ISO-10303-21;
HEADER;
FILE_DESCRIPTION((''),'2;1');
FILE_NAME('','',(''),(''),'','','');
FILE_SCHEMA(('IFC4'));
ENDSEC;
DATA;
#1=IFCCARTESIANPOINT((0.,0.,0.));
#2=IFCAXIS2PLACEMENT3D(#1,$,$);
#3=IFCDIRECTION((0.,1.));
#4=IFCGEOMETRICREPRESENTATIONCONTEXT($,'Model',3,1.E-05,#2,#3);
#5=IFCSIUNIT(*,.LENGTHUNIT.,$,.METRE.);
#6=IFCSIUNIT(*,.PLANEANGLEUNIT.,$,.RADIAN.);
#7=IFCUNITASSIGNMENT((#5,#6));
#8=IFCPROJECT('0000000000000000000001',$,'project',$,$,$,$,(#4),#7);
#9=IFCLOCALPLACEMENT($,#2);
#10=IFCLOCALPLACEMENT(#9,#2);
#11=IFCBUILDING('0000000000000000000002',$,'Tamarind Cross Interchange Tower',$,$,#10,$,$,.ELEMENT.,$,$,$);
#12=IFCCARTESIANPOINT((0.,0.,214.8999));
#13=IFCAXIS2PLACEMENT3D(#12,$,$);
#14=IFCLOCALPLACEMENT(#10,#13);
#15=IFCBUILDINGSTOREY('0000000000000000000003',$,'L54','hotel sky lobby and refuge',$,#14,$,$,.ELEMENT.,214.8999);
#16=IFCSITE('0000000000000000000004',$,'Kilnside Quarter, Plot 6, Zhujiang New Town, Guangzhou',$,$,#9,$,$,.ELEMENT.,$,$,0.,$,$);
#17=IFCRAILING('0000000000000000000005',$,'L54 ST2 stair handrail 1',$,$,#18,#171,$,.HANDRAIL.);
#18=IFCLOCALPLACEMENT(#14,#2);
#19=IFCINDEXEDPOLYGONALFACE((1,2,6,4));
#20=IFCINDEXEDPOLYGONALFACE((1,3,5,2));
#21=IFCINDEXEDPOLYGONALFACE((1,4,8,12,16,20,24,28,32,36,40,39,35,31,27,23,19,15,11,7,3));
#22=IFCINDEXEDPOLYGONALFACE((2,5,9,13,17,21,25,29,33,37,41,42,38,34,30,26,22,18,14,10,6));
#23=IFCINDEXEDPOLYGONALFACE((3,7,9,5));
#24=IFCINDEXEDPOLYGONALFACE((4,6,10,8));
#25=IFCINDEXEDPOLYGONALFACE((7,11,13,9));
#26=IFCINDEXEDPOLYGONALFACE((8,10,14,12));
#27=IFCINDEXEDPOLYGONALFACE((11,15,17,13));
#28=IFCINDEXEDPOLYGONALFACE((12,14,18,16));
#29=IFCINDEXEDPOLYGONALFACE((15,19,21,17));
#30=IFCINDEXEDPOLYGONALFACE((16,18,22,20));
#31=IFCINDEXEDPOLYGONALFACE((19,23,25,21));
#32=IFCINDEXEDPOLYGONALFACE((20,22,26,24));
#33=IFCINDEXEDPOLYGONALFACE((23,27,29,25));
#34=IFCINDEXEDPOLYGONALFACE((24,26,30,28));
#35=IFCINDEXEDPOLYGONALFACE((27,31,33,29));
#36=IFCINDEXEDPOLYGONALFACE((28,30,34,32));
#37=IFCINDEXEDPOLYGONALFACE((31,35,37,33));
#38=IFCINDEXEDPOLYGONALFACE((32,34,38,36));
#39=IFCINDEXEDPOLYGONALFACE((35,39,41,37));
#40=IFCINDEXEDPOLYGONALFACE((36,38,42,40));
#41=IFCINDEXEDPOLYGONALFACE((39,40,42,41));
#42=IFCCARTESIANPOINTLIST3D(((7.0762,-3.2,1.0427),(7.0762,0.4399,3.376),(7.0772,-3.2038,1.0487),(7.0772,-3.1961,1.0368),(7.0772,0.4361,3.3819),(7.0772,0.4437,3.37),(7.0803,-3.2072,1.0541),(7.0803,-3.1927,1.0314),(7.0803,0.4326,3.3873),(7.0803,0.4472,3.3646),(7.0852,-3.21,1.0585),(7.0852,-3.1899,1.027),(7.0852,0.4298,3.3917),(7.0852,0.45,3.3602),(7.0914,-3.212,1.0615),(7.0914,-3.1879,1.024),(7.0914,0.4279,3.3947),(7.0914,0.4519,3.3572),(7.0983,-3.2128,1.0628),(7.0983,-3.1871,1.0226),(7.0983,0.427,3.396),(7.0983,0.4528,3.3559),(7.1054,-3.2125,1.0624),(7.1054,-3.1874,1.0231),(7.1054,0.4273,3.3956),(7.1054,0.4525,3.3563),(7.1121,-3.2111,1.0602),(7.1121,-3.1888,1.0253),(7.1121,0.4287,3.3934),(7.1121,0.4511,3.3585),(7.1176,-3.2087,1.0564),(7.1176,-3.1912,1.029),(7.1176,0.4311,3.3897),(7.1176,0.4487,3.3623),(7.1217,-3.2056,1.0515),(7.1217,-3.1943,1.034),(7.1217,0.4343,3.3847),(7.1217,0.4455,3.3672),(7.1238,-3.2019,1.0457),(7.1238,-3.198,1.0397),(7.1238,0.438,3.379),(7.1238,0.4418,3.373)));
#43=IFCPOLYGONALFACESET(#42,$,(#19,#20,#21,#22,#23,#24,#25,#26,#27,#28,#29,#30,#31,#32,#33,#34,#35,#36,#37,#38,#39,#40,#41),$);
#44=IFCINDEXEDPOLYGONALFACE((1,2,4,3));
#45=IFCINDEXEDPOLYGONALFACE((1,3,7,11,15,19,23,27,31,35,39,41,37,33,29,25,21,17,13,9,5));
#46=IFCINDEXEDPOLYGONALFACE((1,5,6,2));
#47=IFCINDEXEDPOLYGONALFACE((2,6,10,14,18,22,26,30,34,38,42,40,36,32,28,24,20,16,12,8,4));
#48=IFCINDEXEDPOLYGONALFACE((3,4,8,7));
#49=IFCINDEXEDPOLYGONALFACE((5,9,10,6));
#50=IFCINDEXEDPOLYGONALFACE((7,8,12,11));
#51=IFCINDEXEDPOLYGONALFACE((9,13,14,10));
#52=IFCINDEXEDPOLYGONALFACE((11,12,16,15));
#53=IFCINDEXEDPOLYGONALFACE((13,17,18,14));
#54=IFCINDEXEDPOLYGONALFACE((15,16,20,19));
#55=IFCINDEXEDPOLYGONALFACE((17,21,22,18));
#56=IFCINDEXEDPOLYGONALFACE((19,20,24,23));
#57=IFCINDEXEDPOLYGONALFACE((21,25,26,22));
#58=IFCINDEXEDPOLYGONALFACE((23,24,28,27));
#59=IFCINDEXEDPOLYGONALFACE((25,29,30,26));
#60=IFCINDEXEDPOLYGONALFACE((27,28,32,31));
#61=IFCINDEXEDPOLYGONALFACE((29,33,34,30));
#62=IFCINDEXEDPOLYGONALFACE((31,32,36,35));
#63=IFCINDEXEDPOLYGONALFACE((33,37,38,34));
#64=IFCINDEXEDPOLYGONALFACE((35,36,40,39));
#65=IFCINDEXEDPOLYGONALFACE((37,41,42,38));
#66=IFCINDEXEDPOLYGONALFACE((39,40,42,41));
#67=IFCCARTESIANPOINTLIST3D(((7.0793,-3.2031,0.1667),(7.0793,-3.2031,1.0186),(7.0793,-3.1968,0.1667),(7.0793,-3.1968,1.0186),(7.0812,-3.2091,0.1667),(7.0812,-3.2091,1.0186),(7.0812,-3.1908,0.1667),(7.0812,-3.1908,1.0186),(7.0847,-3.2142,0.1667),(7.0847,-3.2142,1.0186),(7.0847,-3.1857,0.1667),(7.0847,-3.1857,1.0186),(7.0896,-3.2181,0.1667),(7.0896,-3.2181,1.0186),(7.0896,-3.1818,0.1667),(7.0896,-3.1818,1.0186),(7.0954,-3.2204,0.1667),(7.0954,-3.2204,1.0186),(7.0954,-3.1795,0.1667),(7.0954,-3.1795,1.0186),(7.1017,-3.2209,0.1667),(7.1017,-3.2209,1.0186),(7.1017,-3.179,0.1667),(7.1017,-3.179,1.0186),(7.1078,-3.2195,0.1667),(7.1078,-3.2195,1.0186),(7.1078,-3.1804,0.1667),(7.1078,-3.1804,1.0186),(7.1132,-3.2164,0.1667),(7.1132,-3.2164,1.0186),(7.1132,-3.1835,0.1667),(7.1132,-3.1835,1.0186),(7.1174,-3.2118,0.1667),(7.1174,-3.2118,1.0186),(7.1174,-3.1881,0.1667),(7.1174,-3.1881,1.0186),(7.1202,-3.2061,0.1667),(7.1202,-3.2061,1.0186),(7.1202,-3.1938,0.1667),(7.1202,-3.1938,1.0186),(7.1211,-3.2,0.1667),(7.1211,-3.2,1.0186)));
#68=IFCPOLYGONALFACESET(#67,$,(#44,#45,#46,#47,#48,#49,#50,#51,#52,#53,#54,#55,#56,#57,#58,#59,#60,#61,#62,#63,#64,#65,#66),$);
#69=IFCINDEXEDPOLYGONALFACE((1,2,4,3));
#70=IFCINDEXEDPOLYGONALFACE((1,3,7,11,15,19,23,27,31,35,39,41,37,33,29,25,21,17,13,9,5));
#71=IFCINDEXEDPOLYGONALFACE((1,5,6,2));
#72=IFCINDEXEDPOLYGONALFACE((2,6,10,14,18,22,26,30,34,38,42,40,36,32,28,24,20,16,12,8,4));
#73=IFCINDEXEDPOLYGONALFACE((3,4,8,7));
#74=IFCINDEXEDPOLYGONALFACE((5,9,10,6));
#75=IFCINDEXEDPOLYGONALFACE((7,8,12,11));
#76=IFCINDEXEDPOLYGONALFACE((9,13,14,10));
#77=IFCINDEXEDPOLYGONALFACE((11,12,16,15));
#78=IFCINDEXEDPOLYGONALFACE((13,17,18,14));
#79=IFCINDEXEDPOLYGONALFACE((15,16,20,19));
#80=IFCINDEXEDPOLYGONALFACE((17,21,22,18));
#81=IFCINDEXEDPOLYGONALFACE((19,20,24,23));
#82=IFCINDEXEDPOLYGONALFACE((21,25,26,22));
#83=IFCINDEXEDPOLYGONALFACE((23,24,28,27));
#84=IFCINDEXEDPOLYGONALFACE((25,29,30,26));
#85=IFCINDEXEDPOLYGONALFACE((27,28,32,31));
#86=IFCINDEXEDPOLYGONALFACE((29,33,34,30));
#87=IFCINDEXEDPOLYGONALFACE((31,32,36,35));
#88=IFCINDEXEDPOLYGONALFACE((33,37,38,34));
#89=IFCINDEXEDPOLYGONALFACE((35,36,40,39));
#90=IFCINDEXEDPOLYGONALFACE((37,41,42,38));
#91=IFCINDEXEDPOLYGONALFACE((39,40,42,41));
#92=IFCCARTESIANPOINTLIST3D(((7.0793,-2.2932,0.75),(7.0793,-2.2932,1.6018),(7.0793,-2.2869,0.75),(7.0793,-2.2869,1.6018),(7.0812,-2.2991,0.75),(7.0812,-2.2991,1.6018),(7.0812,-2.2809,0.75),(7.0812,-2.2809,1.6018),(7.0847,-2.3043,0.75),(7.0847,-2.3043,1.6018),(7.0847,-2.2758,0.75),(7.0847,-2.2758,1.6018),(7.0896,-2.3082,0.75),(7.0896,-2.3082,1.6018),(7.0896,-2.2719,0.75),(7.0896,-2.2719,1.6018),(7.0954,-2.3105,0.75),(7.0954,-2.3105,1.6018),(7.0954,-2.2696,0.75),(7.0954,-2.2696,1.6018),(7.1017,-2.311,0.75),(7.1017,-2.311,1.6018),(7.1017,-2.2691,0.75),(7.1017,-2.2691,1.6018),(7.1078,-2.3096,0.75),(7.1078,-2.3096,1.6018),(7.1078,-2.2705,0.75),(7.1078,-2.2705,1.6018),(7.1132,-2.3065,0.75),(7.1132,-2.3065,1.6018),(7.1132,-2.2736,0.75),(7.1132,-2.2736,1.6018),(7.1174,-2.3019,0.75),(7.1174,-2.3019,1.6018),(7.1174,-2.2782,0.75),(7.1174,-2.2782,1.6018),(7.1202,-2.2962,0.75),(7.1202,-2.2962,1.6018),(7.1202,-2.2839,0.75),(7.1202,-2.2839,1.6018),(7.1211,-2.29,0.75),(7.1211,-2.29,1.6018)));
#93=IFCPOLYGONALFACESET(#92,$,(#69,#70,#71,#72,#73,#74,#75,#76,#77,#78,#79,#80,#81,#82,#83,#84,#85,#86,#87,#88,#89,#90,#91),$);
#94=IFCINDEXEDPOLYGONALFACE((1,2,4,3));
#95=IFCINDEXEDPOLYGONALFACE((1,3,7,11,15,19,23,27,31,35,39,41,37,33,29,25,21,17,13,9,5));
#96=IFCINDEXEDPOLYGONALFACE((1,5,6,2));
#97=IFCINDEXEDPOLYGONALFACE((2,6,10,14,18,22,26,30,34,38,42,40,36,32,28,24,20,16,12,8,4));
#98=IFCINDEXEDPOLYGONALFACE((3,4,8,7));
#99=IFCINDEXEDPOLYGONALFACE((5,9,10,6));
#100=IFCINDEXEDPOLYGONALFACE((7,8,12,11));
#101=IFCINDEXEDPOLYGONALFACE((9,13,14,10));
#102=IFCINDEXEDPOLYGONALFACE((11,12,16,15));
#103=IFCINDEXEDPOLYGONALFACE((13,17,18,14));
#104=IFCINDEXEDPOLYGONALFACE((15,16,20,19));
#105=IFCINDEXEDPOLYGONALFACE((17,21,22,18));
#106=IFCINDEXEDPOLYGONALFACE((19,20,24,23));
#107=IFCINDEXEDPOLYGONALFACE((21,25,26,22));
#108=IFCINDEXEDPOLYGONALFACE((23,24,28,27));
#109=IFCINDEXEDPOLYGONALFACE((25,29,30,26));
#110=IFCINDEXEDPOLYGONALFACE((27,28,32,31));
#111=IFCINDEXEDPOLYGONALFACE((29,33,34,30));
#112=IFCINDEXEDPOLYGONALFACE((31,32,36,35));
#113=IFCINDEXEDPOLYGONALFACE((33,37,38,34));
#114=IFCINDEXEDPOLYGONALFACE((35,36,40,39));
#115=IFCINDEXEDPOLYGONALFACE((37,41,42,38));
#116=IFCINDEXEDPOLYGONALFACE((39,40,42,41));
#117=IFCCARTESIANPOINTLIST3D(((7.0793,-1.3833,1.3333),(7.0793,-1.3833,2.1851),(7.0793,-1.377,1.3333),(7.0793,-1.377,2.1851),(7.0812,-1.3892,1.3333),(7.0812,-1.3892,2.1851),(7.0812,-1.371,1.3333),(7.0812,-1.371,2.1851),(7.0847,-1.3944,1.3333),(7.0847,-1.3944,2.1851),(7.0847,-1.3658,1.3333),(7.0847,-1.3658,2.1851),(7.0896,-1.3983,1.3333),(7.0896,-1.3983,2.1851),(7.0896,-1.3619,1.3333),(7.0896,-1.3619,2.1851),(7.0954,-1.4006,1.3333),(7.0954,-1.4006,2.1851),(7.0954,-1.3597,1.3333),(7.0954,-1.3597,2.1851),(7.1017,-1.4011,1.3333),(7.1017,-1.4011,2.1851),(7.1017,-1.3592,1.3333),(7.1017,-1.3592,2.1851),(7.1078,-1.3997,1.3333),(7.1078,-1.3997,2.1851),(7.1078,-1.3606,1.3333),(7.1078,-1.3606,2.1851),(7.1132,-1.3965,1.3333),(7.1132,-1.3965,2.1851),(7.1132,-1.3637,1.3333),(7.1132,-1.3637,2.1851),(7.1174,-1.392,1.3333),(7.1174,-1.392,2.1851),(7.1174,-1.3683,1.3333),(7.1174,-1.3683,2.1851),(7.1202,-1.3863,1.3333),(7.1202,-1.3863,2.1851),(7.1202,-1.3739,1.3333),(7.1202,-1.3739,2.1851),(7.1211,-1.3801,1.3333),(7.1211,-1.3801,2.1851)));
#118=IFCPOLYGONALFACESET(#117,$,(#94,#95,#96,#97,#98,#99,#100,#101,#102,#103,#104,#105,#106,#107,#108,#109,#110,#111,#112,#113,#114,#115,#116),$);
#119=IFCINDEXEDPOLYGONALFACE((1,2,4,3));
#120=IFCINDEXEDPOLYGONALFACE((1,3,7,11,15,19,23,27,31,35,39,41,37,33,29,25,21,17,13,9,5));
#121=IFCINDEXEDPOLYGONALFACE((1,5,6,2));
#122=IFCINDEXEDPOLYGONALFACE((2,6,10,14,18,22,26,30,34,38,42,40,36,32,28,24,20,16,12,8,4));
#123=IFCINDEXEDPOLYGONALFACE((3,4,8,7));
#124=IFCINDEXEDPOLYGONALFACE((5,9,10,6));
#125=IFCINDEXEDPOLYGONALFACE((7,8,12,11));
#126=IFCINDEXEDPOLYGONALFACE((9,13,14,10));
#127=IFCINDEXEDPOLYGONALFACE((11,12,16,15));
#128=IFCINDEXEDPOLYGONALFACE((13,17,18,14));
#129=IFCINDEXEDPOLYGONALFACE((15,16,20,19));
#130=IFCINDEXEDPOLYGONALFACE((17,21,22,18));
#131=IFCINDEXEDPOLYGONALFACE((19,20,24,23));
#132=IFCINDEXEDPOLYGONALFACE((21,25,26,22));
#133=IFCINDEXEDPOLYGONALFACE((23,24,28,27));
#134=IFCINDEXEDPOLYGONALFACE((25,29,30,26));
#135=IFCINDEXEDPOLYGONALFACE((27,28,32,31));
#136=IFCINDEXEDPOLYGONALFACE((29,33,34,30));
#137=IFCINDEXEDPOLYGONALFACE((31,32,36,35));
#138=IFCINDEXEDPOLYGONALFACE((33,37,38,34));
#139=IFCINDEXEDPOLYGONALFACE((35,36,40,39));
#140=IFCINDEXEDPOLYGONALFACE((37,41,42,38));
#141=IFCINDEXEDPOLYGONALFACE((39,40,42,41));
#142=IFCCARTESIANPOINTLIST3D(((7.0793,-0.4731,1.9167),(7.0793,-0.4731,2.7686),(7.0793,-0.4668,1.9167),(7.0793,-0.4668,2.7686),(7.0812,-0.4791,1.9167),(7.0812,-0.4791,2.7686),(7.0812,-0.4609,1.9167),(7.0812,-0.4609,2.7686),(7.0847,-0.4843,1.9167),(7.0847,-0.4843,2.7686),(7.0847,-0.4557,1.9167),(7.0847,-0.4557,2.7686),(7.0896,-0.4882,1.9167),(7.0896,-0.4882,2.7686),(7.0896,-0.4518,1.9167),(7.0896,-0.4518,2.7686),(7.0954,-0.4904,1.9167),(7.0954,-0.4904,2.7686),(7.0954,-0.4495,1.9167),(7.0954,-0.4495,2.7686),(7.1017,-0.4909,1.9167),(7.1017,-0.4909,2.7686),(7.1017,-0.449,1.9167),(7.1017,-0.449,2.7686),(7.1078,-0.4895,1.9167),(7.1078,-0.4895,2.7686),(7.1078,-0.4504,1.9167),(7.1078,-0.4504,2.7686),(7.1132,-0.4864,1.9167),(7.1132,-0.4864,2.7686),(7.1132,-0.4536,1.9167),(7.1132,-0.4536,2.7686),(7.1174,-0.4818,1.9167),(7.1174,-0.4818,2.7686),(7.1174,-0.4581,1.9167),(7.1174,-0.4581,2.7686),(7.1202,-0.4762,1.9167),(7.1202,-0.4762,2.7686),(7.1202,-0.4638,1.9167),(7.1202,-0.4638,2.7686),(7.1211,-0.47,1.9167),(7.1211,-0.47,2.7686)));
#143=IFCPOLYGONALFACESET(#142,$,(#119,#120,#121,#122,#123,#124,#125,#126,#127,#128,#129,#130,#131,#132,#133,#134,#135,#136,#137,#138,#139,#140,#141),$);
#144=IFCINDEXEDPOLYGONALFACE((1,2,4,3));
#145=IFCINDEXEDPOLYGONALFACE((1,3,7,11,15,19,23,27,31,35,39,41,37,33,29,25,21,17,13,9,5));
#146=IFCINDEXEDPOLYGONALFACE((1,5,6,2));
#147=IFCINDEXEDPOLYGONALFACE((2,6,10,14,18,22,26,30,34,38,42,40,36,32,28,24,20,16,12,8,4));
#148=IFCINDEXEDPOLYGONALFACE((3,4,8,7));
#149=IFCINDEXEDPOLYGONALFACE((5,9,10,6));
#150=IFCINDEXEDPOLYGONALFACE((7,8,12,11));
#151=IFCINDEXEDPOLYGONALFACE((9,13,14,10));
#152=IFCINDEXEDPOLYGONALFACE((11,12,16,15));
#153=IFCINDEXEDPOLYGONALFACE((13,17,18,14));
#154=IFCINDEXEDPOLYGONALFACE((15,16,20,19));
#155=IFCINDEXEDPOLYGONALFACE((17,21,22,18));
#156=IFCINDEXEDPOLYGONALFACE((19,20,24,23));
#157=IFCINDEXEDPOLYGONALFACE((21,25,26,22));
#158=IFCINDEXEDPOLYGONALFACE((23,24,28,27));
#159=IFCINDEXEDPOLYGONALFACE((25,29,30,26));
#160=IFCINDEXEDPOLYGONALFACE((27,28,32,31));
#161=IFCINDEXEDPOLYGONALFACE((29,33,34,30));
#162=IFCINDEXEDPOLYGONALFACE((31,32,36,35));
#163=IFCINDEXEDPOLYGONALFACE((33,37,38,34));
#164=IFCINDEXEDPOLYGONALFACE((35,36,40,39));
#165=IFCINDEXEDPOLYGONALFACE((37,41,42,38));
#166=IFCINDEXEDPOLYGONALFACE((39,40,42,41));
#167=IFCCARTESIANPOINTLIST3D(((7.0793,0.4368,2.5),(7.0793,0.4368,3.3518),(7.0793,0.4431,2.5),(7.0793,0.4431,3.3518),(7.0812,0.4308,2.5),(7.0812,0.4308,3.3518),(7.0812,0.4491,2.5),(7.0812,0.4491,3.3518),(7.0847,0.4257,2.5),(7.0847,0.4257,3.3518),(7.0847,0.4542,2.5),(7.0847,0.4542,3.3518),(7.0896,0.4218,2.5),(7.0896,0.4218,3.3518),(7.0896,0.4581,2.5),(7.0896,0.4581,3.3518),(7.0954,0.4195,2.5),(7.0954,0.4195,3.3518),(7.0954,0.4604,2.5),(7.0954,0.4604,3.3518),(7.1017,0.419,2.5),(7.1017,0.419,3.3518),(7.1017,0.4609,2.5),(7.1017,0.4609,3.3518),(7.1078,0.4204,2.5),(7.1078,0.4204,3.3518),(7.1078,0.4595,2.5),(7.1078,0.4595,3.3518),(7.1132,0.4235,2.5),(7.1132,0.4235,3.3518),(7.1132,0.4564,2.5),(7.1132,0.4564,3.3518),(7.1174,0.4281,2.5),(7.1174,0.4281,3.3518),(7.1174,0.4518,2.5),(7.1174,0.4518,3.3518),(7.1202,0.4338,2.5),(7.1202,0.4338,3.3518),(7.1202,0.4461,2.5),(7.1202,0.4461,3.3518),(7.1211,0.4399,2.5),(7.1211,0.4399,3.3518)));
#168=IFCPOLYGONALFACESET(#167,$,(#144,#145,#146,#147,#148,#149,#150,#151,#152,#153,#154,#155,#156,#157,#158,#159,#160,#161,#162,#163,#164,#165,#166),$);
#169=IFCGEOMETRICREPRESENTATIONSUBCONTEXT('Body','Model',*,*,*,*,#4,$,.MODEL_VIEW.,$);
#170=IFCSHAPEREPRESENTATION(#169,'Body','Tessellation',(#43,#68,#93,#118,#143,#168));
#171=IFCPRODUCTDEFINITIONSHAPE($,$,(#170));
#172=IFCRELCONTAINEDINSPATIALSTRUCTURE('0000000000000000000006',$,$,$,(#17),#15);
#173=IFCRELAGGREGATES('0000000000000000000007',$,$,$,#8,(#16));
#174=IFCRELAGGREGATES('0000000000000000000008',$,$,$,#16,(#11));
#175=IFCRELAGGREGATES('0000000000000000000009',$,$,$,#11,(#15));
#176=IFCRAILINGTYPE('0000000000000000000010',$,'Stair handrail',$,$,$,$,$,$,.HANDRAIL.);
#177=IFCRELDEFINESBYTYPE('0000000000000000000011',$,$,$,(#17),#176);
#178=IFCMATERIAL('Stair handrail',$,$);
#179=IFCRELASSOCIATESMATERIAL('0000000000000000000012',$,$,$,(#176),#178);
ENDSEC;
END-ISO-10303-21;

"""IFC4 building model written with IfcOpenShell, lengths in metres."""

from ifc_helpers import new_model, si_unit, direction, frame, origin, origin_2d, place, context, subcontext, project, spatial, circle, extrude, material, type_object, element, save


model = new_model("IFC4")

# Units and contexts
model_context = context("Model", 3, precision=1e-05, world=origin(), true_north=direction((0.0, 1.0)))
body_context = subcontext(model_context, "Body", "Model", "MODEL_VIEW")
ifc_project = project(units=[si_unit("LENGTHUNIT", "METRE"), si_unit("PLANEANGLEUNIT", "RADIAN")], contexts=[model_context])

# Site, building, storey
site_placement = place(None, origin())
site = spatial("IfcSite", under=ifc_project, at=site_placement, Name="Kilnside Quarter, Plot 6, Zhujiang New Town, Guangzhou", CompositionType="ELEMENT", RefElevation=0.0)
building_placement = place(site_placement, origin())
building = spatial("IfcBuilding", under=site, at=building_placement, Name="Tamarind Cross Interchange Tower", CompositionType="ELEMENT")
storey_placement = place(building_placement, frame((0.0, 0.0, 214.8999)))
storey = spatial("IfcBuildingStorey", under=building, at=storey_placement, Name="L54", Description="hotel sky lobby and refuge", CompositionType="ELEMENT", Elevation=214.8999)

# Railing
ifc_material_1 = material(Name="Stair handrail")
railing_type_1 = type_object("IfcRailingType", Name="Stair handrail", PredefinedType="HANDRAIL", material=ifc_material_1)
railing_1_placement = place(storey_placement, frame((7.1001, -3.2, 0.1667)))
element("IfcRailing", 1, at=railing_1_placement, inside=storey, type_object=railing_type_1, Name="L54 ST2 stair handrail 1", PredefinedType="HANDRAIL", context=body_context, shape_type="SweptSolid", body=[
    extrude(circle(Radius=0.0239, at=origin_2d()), frame((0.0, 0.0, 0.876), z_axis=(0.0, 0.84188, 0.539664), x_axis=(-1.0, 0.0, 0.0)), (0.0, 0.0, 1.0), 4.3235),
    extrude(circle(Radius=0.021, at=origin_2d()), origin(), (0.0, 0.0, 1.0), 0.8518),
    extrude(circle(Radius=0.021, at=origin_2d()), frame((0.0, 0.9099, 0.5833)), (0.0, 0.0, 1.0), 0.8518),
    extrude(circle(Radius=0.021, at=origin_2d()), frame((0.0, 1.8198, 1.1665)), (0.0, 0.0, 1.0), 0.8518),
    extrude(circle(Radius=0.021, at=origin_2d()), frame((0.0, 2.73, 1.75)), (0.0, 0.0, 1.0), 0.8518),
    extrude(circle(Radius=0.021, at=origin_2d()), frame((0.0, 3.6399, 2.3333)), (0.0, 0.0, 1.0), 0.8518),
])

save(model, "model.ifc")
